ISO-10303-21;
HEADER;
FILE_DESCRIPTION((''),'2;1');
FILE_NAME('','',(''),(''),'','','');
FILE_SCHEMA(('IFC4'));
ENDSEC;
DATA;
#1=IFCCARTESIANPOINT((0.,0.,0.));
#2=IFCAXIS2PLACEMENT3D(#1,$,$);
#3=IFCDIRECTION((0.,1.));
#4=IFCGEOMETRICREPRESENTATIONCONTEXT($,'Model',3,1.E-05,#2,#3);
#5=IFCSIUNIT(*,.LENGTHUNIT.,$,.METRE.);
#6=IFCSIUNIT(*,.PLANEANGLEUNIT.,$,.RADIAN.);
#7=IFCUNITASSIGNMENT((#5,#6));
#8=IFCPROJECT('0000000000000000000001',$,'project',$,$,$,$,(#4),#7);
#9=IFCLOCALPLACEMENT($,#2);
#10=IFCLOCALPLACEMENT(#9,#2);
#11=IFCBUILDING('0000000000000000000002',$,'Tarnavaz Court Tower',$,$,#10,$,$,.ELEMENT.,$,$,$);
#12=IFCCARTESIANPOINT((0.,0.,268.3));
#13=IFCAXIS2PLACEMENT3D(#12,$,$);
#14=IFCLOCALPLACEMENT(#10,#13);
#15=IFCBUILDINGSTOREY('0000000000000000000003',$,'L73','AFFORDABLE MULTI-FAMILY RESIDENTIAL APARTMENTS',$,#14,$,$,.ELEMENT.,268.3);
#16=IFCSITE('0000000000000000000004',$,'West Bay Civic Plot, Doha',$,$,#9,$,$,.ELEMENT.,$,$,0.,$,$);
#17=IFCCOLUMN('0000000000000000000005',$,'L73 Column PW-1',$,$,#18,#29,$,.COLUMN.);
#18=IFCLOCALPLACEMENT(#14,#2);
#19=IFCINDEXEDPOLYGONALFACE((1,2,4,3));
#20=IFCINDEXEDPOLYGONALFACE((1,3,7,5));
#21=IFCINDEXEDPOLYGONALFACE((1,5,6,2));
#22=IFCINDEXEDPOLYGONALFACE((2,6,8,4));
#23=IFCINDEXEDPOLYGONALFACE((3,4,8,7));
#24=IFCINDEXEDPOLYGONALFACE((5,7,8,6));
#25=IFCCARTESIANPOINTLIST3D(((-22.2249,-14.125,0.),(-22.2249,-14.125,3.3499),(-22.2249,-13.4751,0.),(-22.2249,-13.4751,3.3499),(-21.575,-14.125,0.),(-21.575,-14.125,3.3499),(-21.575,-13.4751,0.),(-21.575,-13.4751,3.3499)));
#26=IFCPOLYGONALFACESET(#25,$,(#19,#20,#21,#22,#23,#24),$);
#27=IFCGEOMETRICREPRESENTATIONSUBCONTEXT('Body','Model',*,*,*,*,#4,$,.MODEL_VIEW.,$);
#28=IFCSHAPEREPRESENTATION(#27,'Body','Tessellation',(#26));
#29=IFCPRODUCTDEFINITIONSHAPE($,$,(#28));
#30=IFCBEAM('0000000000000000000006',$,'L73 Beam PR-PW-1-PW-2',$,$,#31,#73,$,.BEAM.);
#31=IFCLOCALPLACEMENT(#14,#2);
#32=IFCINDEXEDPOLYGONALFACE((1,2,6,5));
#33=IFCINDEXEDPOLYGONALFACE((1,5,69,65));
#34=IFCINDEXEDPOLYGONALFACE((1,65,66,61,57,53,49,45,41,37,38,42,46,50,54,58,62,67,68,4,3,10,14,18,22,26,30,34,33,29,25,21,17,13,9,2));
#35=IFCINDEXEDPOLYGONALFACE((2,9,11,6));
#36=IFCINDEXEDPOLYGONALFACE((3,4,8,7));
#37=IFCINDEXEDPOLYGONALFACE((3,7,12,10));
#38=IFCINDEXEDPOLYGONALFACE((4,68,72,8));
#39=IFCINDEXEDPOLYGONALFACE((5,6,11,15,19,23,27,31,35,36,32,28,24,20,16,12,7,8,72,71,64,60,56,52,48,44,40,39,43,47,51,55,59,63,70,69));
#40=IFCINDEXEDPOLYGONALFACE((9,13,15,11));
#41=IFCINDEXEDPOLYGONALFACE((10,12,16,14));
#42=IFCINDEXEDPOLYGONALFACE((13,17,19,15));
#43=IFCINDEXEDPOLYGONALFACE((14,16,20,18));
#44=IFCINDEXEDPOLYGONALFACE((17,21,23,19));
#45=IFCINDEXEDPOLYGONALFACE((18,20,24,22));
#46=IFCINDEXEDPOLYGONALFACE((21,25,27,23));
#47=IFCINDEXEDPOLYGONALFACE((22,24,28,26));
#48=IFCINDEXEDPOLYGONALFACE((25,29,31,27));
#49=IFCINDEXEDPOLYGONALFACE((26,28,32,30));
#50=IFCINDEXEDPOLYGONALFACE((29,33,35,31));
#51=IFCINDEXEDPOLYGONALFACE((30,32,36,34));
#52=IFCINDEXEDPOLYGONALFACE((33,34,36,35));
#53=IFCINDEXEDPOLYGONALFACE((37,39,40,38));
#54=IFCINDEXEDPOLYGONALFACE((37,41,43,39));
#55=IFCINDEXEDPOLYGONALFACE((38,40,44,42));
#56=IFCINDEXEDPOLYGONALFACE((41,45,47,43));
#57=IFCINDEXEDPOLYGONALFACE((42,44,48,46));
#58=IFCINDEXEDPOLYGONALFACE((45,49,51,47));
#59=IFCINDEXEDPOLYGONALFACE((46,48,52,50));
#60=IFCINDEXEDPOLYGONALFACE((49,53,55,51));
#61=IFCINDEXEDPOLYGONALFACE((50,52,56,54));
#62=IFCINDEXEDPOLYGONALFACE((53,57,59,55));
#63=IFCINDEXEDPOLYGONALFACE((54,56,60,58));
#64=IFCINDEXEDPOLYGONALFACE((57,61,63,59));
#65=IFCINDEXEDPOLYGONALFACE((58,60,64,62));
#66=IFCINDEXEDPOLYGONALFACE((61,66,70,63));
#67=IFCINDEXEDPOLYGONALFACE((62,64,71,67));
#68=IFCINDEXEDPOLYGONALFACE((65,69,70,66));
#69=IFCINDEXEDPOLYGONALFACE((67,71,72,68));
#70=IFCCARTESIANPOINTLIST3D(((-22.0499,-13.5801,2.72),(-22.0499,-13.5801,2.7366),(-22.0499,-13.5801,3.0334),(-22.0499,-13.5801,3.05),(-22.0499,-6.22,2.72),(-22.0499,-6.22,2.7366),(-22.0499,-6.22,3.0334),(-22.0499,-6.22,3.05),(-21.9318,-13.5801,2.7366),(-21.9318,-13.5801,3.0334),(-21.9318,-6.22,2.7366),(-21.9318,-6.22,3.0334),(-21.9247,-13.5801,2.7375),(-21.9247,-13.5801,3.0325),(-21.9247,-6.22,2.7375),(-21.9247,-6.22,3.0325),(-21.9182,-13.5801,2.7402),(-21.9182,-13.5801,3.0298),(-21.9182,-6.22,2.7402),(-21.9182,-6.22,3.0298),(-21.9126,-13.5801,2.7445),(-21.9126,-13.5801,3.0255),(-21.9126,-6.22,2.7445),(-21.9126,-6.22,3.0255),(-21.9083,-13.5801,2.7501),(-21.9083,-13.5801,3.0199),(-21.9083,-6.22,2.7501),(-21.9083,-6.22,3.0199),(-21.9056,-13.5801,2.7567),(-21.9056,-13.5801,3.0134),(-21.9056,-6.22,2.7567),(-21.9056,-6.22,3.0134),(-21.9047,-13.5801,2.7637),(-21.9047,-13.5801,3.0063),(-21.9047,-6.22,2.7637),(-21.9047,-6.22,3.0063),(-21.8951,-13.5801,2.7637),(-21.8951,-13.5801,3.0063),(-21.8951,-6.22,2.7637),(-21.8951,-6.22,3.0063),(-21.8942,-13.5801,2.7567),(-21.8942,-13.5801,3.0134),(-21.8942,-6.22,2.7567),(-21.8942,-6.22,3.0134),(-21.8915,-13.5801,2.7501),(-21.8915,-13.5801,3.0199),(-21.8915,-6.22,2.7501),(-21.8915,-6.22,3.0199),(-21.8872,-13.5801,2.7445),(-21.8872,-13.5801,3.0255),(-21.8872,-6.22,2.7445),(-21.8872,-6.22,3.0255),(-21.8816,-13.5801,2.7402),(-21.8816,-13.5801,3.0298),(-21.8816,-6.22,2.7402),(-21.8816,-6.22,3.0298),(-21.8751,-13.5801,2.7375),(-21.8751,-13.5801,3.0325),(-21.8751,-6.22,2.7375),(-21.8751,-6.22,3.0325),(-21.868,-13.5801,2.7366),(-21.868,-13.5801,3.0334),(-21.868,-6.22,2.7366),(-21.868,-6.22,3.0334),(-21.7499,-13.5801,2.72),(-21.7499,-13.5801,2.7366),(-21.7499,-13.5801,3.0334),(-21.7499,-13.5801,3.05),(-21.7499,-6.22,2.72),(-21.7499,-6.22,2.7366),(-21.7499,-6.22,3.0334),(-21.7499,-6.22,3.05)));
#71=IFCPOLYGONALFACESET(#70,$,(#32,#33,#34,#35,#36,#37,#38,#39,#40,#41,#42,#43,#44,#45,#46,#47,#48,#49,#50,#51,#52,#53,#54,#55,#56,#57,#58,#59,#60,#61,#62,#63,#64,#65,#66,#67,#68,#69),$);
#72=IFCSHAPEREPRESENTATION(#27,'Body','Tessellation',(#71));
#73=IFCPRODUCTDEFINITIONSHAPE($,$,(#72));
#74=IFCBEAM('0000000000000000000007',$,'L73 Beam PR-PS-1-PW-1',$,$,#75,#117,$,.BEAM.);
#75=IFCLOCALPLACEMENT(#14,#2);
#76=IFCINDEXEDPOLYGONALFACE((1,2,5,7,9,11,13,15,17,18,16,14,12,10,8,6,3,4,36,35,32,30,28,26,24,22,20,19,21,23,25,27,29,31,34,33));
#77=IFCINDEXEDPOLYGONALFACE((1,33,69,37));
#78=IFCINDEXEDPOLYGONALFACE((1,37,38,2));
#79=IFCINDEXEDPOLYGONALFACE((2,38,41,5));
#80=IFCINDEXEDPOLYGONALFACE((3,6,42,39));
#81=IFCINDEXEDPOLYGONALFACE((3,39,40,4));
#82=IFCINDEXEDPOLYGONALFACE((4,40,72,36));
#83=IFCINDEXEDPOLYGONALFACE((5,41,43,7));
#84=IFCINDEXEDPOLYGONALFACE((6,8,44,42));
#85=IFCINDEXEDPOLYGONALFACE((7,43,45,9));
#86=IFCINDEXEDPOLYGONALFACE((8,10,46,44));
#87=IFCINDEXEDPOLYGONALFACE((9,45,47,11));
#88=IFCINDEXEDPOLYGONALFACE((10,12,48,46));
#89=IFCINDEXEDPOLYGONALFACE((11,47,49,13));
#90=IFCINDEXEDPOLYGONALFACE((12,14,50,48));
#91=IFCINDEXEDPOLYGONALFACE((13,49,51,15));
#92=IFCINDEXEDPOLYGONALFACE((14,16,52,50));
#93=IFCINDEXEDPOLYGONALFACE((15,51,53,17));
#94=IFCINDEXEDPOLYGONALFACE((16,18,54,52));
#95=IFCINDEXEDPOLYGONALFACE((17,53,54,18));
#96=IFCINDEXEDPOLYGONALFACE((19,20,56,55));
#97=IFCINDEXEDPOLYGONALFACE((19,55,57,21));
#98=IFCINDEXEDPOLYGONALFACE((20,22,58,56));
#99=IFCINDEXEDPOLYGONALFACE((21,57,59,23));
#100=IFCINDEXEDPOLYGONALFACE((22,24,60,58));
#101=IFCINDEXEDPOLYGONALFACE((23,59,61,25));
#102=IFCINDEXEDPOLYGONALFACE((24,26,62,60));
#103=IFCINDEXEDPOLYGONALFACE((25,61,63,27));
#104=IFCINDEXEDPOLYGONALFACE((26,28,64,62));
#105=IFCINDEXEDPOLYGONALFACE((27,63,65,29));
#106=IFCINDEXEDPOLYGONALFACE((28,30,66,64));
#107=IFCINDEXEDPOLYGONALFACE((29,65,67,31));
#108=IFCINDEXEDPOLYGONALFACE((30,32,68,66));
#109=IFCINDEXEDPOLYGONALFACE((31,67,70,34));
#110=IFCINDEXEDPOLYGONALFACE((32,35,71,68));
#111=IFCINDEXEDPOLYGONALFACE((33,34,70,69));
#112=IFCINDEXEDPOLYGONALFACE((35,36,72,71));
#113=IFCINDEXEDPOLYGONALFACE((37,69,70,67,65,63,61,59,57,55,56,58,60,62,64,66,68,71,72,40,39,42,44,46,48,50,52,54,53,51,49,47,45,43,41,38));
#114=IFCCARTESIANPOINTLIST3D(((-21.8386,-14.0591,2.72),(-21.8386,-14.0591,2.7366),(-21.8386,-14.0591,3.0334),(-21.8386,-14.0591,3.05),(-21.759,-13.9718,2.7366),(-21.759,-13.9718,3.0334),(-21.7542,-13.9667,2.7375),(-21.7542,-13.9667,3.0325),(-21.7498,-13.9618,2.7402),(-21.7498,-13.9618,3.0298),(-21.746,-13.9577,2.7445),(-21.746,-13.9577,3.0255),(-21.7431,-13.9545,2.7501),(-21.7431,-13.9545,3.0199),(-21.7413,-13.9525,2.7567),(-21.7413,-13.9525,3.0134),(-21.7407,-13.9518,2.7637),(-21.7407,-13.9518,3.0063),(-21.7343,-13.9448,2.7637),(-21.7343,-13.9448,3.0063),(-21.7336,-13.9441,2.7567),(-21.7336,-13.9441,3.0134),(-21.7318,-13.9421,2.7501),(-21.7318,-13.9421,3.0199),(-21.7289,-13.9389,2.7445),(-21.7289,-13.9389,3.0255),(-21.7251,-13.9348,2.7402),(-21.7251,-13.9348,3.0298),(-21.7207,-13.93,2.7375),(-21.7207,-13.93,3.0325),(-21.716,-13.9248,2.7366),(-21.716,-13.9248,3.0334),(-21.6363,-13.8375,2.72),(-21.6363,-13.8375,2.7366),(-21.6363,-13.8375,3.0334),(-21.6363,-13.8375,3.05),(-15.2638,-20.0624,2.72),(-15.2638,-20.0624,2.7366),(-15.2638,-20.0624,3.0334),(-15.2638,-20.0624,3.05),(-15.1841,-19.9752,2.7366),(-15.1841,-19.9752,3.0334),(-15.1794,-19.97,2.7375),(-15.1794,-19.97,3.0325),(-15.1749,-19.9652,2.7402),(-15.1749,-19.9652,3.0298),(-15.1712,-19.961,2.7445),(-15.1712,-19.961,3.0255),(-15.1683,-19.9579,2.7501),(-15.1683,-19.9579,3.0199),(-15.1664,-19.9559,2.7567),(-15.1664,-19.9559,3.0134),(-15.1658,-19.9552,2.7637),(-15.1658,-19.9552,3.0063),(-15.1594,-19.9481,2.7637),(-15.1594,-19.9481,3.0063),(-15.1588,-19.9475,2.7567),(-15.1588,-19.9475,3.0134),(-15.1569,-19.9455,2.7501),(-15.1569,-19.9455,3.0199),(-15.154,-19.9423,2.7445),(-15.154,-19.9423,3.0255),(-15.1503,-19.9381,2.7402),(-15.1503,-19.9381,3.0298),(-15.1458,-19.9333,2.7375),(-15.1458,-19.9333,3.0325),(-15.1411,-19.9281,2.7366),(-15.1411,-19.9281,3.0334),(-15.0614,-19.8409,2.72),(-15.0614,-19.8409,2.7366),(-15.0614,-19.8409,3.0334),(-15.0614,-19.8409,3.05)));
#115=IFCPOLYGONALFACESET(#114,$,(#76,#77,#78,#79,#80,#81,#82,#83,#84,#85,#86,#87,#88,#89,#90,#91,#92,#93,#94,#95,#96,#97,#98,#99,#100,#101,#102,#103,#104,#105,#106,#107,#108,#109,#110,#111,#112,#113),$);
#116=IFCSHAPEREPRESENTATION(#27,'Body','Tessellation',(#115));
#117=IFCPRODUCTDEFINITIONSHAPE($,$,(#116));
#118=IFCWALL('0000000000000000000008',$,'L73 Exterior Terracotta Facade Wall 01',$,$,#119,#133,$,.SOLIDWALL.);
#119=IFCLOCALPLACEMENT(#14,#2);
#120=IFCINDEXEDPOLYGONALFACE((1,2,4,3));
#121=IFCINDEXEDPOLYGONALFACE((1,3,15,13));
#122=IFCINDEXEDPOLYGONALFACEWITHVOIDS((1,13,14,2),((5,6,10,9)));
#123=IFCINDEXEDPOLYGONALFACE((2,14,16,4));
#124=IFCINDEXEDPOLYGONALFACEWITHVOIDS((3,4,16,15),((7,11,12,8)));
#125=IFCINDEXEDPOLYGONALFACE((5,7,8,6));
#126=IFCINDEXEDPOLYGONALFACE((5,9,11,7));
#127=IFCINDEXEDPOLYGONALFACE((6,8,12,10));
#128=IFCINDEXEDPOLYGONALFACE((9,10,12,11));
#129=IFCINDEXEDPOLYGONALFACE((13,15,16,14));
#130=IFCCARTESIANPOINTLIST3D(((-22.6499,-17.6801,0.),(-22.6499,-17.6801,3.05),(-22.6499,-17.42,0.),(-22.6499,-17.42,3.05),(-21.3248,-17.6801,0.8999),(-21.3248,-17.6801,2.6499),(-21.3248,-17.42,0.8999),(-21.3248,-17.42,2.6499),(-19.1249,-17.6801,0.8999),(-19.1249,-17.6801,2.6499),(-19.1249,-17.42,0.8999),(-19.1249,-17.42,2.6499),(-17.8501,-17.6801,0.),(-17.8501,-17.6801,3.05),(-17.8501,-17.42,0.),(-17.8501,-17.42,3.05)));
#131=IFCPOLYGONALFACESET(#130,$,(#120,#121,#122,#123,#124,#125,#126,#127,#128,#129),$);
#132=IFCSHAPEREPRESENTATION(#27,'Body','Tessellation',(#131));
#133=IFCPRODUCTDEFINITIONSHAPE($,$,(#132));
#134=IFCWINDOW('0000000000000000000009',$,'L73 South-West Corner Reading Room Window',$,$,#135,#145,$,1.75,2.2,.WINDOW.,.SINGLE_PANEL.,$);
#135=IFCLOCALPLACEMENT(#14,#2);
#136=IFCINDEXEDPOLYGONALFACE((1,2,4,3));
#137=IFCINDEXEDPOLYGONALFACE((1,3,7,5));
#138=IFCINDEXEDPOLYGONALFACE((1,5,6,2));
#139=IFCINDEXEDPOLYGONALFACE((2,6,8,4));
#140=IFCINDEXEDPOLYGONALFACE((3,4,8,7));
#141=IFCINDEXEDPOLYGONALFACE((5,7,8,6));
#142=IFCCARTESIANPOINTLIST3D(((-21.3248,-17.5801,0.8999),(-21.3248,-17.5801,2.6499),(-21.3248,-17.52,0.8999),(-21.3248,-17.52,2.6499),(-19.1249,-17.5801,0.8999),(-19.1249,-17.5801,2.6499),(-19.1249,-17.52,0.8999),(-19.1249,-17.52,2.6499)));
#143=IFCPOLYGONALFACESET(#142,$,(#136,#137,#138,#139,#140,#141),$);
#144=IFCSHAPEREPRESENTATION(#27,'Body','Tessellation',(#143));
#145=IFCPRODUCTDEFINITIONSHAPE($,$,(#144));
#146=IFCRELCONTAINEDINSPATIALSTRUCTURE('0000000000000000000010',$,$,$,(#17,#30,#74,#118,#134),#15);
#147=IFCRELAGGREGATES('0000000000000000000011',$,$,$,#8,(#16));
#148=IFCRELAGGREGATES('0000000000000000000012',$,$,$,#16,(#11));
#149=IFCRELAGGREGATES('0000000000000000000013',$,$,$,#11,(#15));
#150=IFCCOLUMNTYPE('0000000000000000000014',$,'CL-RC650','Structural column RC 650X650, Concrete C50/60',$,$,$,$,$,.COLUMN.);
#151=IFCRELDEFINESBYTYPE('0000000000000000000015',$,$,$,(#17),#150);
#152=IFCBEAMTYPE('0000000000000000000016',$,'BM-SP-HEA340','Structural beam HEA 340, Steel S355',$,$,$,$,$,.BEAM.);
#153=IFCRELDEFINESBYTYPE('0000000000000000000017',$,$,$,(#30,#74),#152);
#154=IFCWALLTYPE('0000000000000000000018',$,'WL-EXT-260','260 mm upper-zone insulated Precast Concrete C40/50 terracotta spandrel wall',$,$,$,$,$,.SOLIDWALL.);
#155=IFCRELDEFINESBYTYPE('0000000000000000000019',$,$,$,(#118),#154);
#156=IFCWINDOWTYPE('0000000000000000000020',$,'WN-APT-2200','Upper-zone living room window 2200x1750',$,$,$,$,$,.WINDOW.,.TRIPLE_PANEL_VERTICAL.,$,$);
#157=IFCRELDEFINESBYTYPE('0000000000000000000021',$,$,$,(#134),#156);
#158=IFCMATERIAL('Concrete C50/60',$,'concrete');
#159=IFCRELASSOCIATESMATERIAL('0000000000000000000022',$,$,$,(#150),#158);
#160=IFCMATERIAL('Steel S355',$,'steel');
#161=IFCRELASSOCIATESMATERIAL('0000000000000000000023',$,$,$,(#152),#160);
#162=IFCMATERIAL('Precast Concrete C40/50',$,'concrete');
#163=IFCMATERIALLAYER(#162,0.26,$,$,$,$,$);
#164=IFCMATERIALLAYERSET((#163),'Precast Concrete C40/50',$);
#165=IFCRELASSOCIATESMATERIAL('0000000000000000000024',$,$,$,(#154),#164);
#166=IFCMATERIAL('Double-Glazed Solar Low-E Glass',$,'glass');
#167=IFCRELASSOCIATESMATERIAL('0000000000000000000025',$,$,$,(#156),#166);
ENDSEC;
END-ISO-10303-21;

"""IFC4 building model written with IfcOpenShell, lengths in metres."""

from ifc_helpers import new_model, si_unit, direction, frame, frame_2d, origin, origin_2d, place, context, subcontext, project, spatial, rectangle, i_section, extrude, material, layer, layer_set, material_profile, profile_set, type_object, element, fill, save


model = new_model("IFC4")

# Units and contexts
model_context = context("Model", 3, precision=1e-05, world=origin(), true_north=direction((0.0, 1.0)))
body_context = subcontext(model_context, "Body", "Model", "MODEL_VIEW")
ifc_project = project(units=[si_unit("LENGTHUNIT", "METRE"), si_unit("PLANEANGLEUNIT", "RADIAN")], contexts=[model_context])

# Site, building, storey
site_placement = place(None, origin())
site = spatial("IfcSite", under=ifc_project, at=site_placement, Name="West Bay Civic Plot, Doha", CompositionType="ELEMENT", RefElevation=0.0)
building_placement = place(site_placement, origin())
building = spatial("IfcBuilding", under=site, at=building_placement, Name="Tarnavaz Court Tower", CompositionType="ELEMENT")
storey_placement = place(building_placement, frame((0.0, 0.0, 268.3)))
storey = spatial("IfcBuildingStorey", under=building, at=storey_placement, Name="L73", Description="AFFORDABLE MULTI-FAMILY RESIDENTIAL APARTMENTS", CompositionType="ELEMENT", Elevation=268.3)

# Column
ifc_material_1 = material(Name="Concrete C50/60", Category="concrete")
ifc_material_profile_1 = material_profile(ifc_material_1, rectangle(XDim=0.6499, YDim=0.6499, at=origin_2d()), Name="RC 650X650")
ifc_profile_set_1 = profile_set([ifc_material_profile_1], Name="Concrete C50/60")
column_type = type_object("IfcColumnType", Name="CL-RC650", Description="Structural column RC 650X650, Concrete C50/60", PredefinedType="COLUMN", material=ifc_profile_set_1)
column_placement = place(storey_placement, frame((-21.8999, -13.8, 0.0), z_axis=(0.0, 0.0, 1.0), x_axis=(1.0, 0.0, 0.0)))
element("IfcColumn", 1, at=column_placement, inside=storey, type_object=column_type, Name="L73 Column PW-1", PredefinedType="COLUMN", context=body_context, shape_type="SweptSolid", body=[
    extrude(rectangle(XDim=0.6499, YDim=0.6499, at=origin_2d()), origin(), (0.0, 0.0, 1.0), 3.3499),
])

# Beams
ifc_material_2 = material(Name="Steel S355", Category="steel")
ifc_material_profile_2 = material_profile(ifc_material_2, i_section(OverallWidth=0.3, OverallDepth=0.3301, WebThickness=0.0095, FlangeThickness=0.0166, FilletRadius=0.0271, at=origin_2d()), Name="HEA 340")
ifc_profile_set_2 = profile_set([ifc_material_profile_2], Name="Steel S355")
beam_type = type_object("IfcBeamType", Name="BM-SP-HEA340", Description="Structural beam HEA 340, Steel S355", PredefinedType="BEAM", material=ifc_profile_set_2)
beam_1_placement = place(storey_placement, frame((-21.8999, -13.5801, 2.885), z_axis=(0.0, 1.0, 0.0), x_axis=(-1.0, 0.0, 0.0)))
element("IfcBeam", 2, at=beam_1_placement, inside=storey, type_object=beam_type, Name="L73 Beam PR-PW-1-PW-2", PredefinedType="BEAM", context=body_context, shape_type="SweptSolid", body=[
    extrude(i_section(OverallWidth=0.3, OverallDepth=0.3301, WebThickness=0.0095, FlangeThickness=0.0166, FilletRadius=0.0271, at=origin_2d()), origin(), (0.0, 0.0, 1.0), 7.3601),
])
beam_2_placement = place(storey_placement, frame((-15.1626, -19.9517, 2.885), z_axis=(-0.738474, 0.674282, 0.0), x_axis=(-0.674282, -0.738474, 0.0)))
element("IfcBeam", 3, at=beam_2_placement, inside=storey, type_object=beam_type, Name="L73 Beam PR-PS-1-PW-1", PredefinedType="BEAM", context=body_context, shape_type="SweptSolid", body=[
    extrude(i_section(OverallWidth=0.3, OverallDepth=0.3301, WebThickness=0.0095, FlangeThickness=0.0166, FilletRadius=0.0271, at=origin_2d()), origin(), (0.0, 0.0, 1.0), 8.9033),
])

# Wall, opening, window
ifc_material_3 = material(Name="Precast Concrete C40/50", Category="concrete")
ifc_layer_1 = layer(ifc_material_3, 0.26)
ifc_layer_set_1 = layer_set([ifc_layer_1], Name="Precast Concrete C40/50")
wall_type_1 = type_object("IfcWallType", Name="WL-EXT-260", Description="260 mm upper-zone insulated Precast Concrete C40/50 terracotta spandrel wall", PredefinedType="SOLIDWALL", material=ifc_layer_set_1)
wall_1_placement = place(storey_placement, frame((-17.8501, -17.55, 0.0), z_axis=(0.0, 0.0, 1.0), x_axis=(-1.0, 0.0, 0.0)))
wall_1 = element("IfcWall", 4, at=wall_1_placement, inside=storey, type_object=wall_type_1, Name="L73 Exterior Terracotta Facade Wall 01", PredefinedType="SOLIDWALL", context=body_context, shape_type="SweptSolid", body=[
    extrude(rectangle(XDim=4.7998, YDim=0.26, at=frame_2d((2.3999, 0.0))), origin(), (0.0, 0.0, 1.0), 3.05),
])
opening_1_placement = place(wall_1_placement, frame((1.2747, 0.0, 0.8999)))
opening_1 = element("IfcOpeningElement", 5, at=opening_1_placement, cuts=wall_1, PredefinedType="OPENING", context=body_context, shape_type="SweptSolid", body=[
    extrude(rectangle(XDim=2.2, YDim=1.75, at=frame_2d((1.1001, 0.875))), frame((0.0, 0.1399, 0.0), z_axis=(0.0, -1.0, 0.0), x_axis=(1.0, 0.0, 0.0)), (0.0, 0.0, 1.0), 0.28),
])
ifc_material_4 = material(Name="Double-Glazed Solar Low-E Glass", Category="glass")
window_type_1 = type_object("IfcWindowType", Name="WN-APT-2200", Description="Upper-zone living room window 2200x1750", PartitioningType="TRIPLE_PANEL_VERTICAL", PredefinedType="WINDOW", material=ifc_material_4)
window_1_placement = place(opening_1_placement, origin())
window_1 = element("IfcWindow", 6, at=window_1_placement, inside=storey, type_object=window_type_1, Name="L73 South-West Corner Reading Room Window", OverallHeight=1.75, OverallWidth=2.2, PartitioningType="SINGLE_PANEL", PredefinedType="WINDOW", context=body_context, shape_type="SweptSolid", body=[
    extrude(rectangle(XDim=2.2, YDim=1.75, at=frame_2d((1.1001, 0.875))), frame((0.0, 0.03, 0.0), z_axis=(0.0, -1.0, 0.0), x_axis=(1.0, 0.0, 0.0)), (0.0, 0.0, 1.0), 0.0601),
])
fill(opening_1, window_1)

save(model, "model.ifc")
